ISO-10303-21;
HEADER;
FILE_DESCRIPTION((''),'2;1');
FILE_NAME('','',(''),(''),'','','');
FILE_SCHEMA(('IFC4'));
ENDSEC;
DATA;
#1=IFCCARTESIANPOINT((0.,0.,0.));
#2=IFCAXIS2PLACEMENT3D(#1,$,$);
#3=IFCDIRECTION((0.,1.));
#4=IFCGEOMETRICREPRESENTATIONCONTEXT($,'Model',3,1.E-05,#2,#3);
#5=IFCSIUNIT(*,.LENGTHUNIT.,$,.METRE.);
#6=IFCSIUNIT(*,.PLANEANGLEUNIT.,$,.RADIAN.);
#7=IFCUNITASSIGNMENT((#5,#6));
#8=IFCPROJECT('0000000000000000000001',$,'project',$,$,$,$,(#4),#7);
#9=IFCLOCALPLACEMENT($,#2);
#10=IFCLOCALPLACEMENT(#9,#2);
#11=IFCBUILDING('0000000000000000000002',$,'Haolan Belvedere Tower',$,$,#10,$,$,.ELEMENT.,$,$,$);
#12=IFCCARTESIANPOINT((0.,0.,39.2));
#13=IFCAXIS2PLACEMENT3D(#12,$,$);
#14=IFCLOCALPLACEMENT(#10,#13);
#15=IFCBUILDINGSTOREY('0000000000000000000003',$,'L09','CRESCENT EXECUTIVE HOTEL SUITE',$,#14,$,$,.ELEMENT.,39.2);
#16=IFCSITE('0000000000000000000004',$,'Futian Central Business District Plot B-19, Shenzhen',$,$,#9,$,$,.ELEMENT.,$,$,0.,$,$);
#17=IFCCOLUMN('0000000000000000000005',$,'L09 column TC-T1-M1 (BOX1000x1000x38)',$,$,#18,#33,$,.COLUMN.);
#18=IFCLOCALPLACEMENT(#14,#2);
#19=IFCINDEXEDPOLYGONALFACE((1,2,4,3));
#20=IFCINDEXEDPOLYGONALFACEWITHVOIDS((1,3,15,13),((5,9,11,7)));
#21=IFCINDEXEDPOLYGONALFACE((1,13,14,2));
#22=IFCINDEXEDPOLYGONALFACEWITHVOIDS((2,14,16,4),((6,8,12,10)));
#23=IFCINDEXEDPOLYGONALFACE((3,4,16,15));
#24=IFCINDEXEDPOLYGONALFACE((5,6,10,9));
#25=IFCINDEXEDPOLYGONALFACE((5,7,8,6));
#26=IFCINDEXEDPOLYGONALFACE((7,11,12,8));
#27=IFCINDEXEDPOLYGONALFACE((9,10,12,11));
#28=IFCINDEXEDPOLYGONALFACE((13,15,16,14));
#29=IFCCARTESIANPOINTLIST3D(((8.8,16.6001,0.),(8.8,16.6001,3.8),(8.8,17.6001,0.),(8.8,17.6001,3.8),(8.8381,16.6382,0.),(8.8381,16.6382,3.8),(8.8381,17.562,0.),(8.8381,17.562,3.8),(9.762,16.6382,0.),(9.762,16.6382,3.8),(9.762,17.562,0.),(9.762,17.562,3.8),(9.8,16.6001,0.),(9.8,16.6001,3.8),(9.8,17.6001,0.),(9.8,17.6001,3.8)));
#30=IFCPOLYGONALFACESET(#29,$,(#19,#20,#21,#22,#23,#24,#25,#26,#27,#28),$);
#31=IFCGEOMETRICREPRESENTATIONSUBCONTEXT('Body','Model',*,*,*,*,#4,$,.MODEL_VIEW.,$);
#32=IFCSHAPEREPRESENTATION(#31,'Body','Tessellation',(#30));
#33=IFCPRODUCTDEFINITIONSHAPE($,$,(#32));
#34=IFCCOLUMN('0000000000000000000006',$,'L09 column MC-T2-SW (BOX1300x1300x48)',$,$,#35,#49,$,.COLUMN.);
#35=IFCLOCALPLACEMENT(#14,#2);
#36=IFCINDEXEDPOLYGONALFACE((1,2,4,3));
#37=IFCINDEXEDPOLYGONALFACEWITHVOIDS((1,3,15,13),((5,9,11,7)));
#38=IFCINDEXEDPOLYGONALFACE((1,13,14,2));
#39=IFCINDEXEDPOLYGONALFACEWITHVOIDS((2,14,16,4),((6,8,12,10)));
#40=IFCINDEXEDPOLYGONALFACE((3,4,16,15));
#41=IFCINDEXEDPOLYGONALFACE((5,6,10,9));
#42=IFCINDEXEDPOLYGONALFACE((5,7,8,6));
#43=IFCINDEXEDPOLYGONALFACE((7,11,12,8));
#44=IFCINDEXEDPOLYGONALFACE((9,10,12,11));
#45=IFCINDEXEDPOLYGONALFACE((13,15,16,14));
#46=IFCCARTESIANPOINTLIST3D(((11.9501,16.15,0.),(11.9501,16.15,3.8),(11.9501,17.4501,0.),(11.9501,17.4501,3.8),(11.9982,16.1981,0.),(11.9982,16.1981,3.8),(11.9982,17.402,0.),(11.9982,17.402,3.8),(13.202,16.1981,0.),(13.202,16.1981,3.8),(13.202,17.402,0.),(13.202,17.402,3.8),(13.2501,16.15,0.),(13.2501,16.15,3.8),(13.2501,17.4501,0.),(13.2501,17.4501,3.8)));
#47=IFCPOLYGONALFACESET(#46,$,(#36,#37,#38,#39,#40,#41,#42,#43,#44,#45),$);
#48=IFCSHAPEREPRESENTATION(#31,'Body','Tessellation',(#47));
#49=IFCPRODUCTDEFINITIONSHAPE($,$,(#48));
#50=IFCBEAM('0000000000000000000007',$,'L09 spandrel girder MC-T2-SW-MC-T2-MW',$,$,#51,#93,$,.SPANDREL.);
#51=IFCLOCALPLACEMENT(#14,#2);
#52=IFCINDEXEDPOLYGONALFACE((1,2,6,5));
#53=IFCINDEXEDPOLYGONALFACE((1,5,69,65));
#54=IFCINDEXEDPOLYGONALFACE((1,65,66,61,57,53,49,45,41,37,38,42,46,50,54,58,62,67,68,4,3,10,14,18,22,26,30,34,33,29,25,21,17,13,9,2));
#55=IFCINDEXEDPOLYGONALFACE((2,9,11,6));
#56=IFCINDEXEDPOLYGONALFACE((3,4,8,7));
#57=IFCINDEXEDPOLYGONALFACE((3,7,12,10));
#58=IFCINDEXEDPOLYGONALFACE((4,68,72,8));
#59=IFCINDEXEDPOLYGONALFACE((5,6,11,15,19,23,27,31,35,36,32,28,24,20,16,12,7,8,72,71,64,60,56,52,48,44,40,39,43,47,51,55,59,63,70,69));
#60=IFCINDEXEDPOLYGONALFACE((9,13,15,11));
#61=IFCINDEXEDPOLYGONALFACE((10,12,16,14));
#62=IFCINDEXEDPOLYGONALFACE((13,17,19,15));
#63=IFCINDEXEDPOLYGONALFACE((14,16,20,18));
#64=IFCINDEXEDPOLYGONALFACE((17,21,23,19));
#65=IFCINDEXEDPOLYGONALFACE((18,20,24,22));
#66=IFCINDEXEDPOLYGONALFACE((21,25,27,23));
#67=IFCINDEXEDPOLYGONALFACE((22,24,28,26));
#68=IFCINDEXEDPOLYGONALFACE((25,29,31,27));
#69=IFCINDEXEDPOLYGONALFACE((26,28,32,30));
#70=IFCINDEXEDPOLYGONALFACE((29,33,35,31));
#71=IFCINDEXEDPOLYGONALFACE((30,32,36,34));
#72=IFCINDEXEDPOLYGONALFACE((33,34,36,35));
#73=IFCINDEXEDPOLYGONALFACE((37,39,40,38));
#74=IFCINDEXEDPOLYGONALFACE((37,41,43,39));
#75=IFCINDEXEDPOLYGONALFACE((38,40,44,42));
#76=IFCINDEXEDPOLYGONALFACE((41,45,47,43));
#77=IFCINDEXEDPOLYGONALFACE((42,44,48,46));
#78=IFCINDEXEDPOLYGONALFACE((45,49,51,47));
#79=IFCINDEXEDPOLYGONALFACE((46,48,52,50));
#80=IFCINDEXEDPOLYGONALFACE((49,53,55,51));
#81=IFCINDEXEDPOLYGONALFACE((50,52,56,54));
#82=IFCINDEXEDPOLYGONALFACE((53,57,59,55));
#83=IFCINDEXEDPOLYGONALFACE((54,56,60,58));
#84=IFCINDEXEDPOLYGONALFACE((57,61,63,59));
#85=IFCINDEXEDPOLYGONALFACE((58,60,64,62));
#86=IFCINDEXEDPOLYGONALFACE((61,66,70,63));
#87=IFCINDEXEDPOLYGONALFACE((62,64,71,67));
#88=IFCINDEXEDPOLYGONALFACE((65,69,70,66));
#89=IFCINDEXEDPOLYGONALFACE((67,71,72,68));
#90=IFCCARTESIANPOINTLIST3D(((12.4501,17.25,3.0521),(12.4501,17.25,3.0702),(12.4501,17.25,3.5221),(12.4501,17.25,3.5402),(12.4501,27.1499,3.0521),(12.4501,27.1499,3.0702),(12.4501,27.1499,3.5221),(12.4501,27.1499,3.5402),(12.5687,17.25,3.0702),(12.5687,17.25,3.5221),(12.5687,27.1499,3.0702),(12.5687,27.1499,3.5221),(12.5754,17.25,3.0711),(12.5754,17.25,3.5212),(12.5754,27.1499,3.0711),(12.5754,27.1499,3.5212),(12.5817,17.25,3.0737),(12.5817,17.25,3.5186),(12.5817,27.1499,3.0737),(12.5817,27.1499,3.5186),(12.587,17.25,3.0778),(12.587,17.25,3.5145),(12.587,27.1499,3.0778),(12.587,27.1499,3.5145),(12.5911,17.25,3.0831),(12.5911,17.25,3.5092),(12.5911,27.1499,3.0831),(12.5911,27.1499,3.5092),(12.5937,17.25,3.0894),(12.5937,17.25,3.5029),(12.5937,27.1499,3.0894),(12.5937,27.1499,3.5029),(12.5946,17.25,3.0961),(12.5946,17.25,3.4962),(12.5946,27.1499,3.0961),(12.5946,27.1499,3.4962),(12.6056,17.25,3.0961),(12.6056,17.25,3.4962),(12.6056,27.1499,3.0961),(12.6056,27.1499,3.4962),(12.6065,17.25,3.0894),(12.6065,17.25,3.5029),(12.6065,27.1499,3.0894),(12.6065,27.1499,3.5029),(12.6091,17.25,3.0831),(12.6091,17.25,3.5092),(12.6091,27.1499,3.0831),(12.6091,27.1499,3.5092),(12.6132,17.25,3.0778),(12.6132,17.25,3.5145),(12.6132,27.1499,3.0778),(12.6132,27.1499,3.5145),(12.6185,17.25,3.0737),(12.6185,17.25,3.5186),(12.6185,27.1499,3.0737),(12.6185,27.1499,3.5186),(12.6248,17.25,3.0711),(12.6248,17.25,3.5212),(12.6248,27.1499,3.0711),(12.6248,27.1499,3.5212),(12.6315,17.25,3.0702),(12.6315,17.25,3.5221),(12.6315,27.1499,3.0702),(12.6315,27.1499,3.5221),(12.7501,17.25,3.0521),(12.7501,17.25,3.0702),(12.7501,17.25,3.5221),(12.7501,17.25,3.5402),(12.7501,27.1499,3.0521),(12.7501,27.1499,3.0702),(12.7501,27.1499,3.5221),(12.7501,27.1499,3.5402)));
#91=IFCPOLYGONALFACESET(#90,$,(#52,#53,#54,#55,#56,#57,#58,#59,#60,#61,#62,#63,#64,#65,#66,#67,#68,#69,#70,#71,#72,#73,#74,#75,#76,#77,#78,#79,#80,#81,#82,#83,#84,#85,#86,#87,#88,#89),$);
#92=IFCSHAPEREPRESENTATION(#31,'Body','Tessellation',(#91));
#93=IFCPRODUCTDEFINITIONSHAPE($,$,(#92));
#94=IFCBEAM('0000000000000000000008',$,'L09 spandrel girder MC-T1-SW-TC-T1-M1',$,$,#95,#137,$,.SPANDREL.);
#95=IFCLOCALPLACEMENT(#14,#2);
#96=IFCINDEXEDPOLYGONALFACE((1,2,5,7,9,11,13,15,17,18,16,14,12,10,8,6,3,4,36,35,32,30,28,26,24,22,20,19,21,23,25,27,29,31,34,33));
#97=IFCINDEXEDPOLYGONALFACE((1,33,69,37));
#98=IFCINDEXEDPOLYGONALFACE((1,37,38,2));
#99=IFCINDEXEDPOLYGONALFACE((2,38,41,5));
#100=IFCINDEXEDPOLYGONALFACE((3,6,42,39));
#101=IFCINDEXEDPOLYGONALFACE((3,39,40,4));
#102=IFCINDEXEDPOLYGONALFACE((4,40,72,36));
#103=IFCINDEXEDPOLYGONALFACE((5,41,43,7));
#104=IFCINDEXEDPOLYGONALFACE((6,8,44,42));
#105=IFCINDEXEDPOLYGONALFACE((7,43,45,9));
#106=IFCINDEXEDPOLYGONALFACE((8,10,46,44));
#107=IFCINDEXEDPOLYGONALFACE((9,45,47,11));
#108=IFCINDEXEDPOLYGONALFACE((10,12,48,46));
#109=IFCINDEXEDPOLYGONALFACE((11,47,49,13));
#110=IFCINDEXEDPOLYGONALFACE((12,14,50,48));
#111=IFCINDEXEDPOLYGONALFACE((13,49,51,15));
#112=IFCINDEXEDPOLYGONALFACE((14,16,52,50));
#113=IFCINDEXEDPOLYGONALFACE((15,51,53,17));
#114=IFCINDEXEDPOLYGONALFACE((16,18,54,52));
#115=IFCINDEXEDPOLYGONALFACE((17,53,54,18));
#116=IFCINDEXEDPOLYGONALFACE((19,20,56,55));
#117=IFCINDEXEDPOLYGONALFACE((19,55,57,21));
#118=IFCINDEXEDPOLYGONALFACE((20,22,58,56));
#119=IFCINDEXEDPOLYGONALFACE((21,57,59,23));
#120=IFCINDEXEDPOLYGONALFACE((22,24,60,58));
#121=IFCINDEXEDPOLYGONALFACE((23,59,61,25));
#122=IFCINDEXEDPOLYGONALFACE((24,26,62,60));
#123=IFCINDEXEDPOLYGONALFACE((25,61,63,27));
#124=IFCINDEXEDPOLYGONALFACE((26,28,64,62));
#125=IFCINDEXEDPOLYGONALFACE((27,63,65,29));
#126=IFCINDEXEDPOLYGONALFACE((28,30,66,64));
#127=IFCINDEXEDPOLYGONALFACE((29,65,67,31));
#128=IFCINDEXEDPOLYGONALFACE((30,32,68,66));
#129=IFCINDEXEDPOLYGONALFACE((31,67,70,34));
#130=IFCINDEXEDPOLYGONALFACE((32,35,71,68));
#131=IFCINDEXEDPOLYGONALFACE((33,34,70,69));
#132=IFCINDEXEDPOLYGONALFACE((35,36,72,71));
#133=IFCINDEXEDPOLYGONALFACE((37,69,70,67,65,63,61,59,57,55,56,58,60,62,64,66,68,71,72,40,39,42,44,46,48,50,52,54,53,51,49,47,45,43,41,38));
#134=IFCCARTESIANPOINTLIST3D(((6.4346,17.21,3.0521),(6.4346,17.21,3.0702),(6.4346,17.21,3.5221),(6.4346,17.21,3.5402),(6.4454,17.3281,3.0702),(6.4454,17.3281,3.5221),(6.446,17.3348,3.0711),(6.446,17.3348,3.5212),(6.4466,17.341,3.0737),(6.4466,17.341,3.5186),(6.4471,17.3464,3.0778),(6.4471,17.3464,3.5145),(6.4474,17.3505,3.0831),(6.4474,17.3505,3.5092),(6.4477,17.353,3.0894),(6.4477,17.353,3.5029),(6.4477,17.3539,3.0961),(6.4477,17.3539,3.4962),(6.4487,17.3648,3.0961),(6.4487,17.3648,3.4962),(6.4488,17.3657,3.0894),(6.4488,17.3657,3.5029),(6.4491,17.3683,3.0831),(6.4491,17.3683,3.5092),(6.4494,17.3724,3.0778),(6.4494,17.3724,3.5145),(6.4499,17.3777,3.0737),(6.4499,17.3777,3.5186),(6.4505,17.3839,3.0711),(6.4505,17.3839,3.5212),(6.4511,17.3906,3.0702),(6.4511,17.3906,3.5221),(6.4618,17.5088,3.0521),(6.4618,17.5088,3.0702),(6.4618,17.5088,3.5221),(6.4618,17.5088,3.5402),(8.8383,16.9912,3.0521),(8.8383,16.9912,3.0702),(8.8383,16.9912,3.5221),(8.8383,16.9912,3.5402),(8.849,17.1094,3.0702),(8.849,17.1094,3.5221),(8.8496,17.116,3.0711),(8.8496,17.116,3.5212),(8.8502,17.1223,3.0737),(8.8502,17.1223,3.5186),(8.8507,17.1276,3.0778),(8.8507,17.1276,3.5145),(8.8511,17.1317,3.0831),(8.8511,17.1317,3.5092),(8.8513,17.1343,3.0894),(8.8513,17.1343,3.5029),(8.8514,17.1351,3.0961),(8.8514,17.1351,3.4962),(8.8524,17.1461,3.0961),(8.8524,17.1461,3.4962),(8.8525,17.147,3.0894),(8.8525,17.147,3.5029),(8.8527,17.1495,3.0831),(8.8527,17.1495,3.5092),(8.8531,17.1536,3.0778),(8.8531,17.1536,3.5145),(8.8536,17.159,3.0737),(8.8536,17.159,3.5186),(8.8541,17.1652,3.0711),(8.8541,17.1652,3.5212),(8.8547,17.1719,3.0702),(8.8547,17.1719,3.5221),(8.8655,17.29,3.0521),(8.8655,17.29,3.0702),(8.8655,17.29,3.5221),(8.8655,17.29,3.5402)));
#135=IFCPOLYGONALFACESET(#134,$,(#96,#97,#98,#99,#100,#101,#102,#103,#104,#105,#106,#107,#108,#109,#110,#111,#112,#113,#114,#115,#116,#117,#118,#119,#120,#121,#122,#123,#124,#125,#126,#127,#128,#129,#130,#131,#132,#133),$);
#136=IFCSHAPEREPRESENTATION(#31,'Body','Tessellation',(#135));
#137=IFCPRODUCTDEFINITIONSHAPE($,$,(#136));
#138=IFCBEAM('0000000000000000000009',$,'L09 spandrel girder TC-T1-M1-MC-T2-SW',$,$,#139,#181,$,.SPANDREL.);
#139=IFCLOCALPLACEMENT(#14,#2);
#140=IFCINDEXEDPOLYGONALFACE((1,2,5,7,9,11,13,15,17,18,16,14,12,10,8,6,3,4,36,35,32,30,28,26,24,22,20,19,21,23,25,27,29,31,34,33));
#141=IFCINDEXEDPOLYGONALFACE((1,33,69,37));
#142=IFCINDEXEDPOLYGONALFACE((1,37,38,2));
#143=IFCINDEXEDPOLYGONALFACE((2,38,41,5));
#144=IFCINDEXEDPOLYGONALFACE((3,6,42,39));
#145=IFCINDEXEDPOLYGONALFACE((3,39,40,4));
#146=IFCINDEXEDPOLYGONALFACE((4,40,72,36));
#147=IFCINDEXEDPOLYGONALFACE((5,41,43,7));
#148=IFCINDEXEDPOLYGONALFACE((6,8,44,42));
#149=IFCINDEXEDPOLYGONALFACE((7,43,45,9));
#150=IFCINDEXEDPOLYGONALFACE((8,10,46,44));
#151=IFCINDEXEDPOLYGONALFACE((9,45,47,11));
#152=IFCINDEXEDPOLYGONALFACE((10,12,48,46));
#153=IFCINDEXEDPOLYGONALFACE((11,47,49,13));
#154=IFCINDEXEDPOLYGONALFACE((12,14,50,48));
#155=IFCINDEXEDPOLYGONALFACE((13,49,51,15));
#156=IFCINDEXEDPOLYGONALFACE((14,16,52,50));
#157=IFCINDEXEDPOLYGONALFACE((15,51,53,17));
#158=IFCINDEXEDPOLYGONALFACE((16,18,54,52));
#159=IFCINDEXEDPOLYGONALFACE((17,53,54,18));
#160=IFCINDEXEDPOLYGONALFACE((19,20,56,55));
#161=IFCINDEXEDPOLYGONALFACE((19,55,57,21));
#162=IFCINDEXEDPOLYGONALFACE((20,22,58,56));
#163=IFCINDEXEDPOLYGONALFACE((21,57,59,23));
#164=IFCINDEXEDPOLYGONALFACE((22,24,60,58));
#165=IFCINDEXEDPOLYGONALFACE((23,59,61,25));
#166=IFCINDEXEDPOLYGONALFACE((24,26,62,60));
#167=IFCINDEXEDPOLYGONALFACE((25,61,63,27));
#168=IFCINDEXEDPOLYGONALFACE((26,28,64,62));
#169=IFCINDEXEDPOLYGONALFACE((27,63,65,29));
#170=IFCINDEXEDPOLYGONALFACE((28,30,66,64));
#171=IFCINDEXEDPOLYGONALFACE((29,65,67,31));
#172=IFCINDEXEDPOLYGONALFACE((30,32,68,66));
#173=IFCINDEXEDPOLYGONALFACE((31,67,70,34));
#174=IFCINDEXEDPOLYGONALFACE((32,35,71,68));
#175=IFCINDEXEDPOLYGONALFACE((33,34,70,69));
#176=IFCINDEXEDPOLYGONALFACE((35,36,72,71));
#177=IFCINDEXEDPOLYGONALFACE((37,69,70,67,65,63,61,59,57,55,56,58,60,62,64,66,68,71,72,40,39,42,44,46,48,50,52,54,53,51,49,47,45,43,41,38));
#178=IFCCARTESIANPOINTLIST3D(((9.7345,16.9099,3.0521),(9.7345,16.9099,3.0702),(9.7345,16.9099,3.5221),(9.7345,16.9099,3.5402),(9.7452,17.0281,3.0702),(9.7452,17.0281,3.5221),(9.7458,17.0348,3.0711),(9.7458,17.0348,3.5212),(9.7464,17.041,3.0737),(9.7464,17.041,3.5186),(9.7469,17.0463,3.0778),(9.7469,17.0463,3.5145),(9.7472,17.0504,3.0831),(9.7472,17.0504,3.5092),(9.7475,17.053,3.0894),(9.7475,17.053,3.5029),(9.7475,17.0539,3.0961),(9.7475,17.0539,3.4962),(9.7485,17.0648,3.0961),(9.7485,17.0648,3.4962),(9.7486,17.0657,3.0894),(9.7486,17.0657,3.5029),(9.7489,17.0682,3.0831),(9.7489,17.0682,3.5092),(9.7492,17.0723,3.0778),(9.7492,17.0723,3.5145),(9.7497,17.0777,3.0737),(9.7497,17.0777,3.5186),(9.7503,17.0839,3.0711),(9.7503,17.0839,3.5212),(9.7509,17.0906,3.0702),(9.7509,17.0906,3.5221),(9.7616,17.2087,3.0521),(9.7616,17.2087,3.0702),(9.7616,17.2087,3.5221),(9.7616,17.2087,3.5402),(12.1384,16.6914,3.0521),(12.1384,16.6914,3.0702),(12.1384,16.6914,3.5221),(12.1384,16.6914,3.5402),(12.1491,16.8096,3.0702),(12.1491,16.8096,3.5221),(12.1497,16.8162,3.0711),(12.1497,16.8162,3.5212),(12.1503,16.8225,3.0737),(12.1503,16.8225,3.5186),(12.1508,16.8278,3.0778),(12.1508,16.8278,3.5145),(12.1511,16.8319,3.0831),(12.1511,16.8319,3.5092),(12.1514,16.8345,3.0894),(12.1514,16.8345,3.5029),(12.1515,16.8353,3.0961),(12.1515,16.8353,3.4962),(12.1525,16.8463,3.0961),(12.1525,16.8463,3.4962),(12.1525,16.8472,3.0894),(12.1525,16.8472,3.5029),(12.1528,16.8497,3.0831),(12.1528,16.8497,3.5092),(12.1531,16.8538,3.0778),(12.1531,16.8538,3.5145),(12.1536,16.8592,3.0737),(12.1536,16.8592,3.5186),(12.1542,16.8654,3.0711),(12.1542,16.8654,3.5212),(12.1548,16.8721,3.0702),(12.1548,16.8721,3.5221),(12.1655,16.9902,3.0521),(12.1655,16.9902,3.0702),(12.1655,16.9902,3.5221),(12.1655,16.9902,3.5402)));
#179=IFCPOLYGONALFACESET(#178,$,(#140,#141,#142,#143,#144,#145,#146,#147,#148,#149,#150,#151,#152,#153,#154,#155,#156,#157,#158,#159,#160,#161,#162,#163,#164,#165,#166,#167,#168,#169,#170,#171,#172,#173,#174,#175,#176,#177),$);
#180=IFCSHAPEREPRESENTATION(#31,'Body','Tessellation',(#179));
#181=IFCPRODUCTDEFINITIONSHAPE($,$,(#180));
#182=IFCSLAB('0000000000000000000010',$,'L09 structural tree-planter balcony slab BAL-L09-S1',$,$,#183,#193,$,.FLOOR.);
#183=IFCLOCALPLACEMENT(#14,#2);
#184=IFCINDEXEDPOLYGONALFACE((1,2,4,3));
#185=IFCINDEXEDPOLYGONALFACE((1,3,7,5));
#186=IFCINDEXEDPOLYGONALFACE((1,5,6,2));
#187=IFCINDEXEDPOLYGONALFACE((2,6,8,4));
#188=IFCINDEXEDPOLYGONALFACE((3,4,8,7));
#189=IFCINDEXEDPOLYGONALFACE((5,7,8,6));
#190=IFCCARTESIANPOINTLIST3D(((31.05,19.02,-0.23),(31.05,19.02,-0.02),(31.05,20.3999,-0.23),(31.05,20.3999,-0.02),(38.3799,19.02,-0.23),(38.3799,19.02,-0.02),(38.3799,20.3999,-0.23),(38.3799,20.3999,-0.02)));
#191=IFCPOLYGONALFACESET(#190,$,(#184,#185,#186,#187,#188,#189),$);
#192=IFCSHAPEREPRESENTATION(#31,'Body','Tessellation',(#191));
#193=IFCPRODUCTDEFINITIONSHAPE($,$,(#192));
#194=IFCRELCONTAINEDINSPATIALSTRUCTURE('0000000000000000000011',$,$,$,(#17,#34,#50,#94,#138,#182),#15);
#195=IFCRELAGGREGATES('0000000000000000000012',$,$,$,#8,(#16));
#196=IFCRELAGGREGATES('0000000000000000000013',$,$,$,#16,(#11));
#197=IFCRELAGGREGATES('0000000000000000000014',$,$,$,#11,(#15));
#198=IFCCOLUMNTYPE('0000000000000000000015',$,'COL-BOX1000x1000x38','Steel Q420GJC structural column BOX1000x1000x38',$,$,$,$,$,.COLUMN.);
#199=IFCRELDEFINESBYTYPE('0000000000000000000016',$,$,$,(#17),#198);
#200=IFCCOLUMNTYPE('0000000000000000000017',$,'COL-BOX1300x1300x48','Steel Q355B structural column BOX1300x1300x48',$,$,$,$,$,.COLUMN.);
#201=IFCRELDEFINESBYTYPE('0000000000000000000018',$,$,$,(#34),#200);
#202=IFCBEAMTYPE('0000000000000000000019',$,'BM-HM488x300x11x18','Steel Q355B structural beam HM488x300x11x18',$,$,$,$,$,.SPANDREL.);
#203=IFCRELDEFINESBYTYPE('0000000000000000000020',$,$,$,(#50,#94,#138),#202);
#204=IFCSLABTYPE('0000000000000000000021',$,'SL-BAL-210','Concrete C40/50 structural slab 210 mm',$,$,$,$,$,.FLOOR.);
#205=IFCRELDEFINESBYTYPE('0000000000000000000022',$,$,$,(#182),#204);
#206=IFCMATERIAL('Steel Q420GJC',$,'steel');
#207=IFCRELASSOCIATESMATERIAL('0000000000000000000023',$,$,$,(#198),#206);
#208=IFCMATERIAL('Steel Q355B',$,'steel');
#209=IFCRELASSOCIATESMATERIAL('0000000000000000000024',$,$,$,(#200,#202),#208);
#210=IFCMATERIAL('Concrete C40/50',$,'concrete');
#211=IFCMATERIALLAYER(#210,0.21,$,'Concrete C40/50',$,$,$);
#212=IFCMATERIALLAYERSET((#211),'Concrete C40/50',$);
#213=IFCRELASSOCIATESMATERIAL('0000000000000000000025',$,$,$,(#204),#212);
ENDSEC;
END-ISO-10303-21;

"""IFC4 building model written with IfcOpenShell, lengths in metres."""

from ifc_helpers import new_model, si_unit, direction, frame, origin, origin_2d, place, context, subcontext, project, spatial, polyline, hollow_rectangle, i_section, outline, extrude, material, layer, layer_set, material_profile, profile_set, type_object, element, save


model = new_model("IFC4")

# Units and contexts
model_context = context("Model", 3, precision=1e-05, world=origin(), true_north=direction((0.0, 1.0)))
body_context = subcontext(model_context, "Body", "Model", "MODEL_VIEW")
ifc_project = project(units=[si_unit("LENGTHUNIT", "METRE"), si_unit("PLANEANGLEUNIT", "RADIAN")], contexts=[model_context])

# Site, building, storey
site_placement = place(None, origin())
site = spatial("IfcSite", under=ifc_project, at=site_placement, Name="Futian Central Business District Plot B-19, Shenzhen", CompositionType="ELEMENT", RefElevation=0.0)
building_placement = place(site_placement, origin())
building = spatial("IfcBuilding", under=site, at=building_placement, Name="Haolan Belvedere Tower", CompositionType="ELEMENT")
storey_placement = place(building_placement, frame((0.0, 0.0, 39.2)))
storey = spatial("IfcBuildingStorey", under=building, at=storey_placement, Name="L09", Description="CRESCENT EXECUTIVE HOTEL SUITE", CompositionType="ELEMENT", Elevation=39.2)

# Columns
ifc_material_1 = material(Name="Steel Q420GJC", Category="steel")
ifc_material_profile_1 = material_profile(ifc_material_1, hollow_rectangle(XDim=1.0, YDim=1.0, WallThickness=0.0381, at=origin_2d()), Name="Steel Q420GJC")
ifc_profile_set_1 = profile_set([ifc_material_profile_1], Name="Steel Q420GJC")
column_type_1 = type_object("IfcColumnType", Name="COL-BOX1000x1000x38", Description="Steel Q420GJC structural column BOX1000x1000x38", PredefinedType="COLUMN", material=ifc_profile_set_1)
column_1_placement = place(storey_placement, frame((9.3, 17.1001, 0.0), z_axis=(0.0, 0.0, 1.0), x_axis=(1.0, 0.0, 0.0)))
element("IfcColumn", 1, at=column_1_placement, inside=storey, type_object=column_type_1, Name="L09 column TC-T1-M1 (BOX1000x1000x38)", PredefinedType="COLUMN", context=body_context, shape_type="SweptSolid", body=[
    extrude(hollow_rectangle(XDim=1.0, YDim=1.0, WallThickness=0.0381, at=origin_2d()), origin(), (0.0, 0.0, 1.0), 3.8),
])
ifc_material_2 = material(Name="Steel Q355B", Category="steel")
ifc_material_profile_2 = material_profile(ifc_material_2, hollow_rectangle(XDim=1.3, YDim=1.3, WallThickness=0.0481, at=origin_2d()), Name="Steel Q355B")
ifc_profile_set_2 = profile_set([ifc_material_profile_2], Name="Steel Q355B")
column_type_2 = type_object("IfcColumnType", Name="COL-BOX1300x1300x48", Description="Steel Q355B structural column BOX1300x1300x48", PredefinedType="COLUMN", material=ifc_profile_set_2)
column_2_placement = place(storey_placement, frame((12.6001, 16.8, 0.0), z_axis=(0.0, 0.0, 1.0), x_axis=(1.0, 0.0, 0.0)))
element("IfcColumn", 2, at=column_2_placement, inside=storey, type_object=column_type_2, Name="L09 column MC-T2-SW (BOX1300x1300x48)", PredefinedType="COLUMN", context=body_context, shape_type="SweptSolid", body=[
    extrude(hollow_rectangle(XDim=1.3, YDim=1.3, WallThickness=0.0481, at=origin_2d()), origin(), (0.0, 0.0, 1.0), 3.8),
])

# Beams
ifc_material_profile_3 = material_profile(ifc_material_2, i_section(OverallWidth=0.3, OverallDepth=0.488, WebThickness=0.011, FlangeThickness=0.0181, FilletRadius=0.0259, at=origin_2d()), Name="Steel Q355B")
ifc_profile_set_3 = profile_set([ifc_material_profile_3], Name="Steel Q355B")
beam_type = type_object("IfcBeamType", Name="BM-HM488x300x11x18", Description="Steel Q355B structural beam HM488x300x11x18", PredefinedType="SPANDREL", material=ifc_profile_set_3)
beam_1_placement = place(storey_placement, frame((12.6001, 17.25, 3.2961), z_axis=(0.0, 1.0, 0.0), x_axis=(-1.0, 0.0, 0.0)))
element("IfcBeam", 3, at=beam_1_placement, inside=storey, type_object=beam_type, Name="L09 spandrel girder MC-T2-SW-MC-T2-MW", PredefinedType="SPANDREL", context=body_context, shape_type="SweptSolid", body=[
    extrude(i_section(OverallWidth=0.3, OverallDepth=0.488, WebThickness=0.011, FlangeThickness=0.0181, FilletRadius=0.0259, at=origin_2d()), origin(), (0.0, 0.0, 1.0), 9.8999),
])
beam_2_placement = place(storey_placement, frame((6.4482, 17.3594, 3.2961), z_axis=(0.995884, -0.090636, 0.0), x_axis=(0.090636, 0.995884, 0.0)))
element("IfcBeam", 4, at=beam_2_placement, inside=storey, type_object=beam_type, Name="L09 spandrel girder MC-T1-SW-TC-T1-M1", PredefinedType="SPANDREL", context=body_context, shape_type="SweptSolid", body=[
    extrude(i_section(OverallWidth=0.3, OverallDepth=0.488, WebThickness=0.011, FlangeThickness=0.0181, FilletRadius=0.0259, at=origin_2d()), origin(), (0.0, 0.0, 1.0), 2.4136),
])
beam_3_placement = place(storey_placement, frame((9.748, 17.0593, 3.2961), z_axis=(0.995894, -0.090527, 0.0), x_axis=(0.090527, 0.995894, 0.0)))
element("IfcBeam", 5, at=beam_3_placement, inside=storey, type_object=beam_type, Name="L09 spandrel girder TC-T1-M1-MC-T2-SW", PredefinedType="SPANDREL", context=body_context, shape_type="SweptSolid", body=[
    extrude(i_section(OverallWidth=0.3, OverallDepth=0.488, WebThickness=0.011, FlangeThickness=0.0181, FilletRadius=0.0259, at=origin_2d()), origin(), (0.0, 0.0, 1.0), 2.4138),
])

# Slab
ifc_material_3 = material(Name="Concrete C40/50", Category="concrete")
ifc_layer_1 = layer(ifc_material_3, 0.21, Name="Concrete C40/50")
ifc_layer_set_1 = layer_set([ifc_layer_1], Name="Concrete C40/50")
slab_type_1 = type_object("IfcSlabType", Name="SL-BAL-210", Description="Concrete C40/50 structural slab 210 mm", PredefinedType="FLOOR", material=ifc_layer_set_1)
slab_1_placement = place(storey_placement, frame((0.0, 0.0, -0.23)))
element("IfcSlab", 6, at=slab_1_placement, inside=storey, type_object=slab_type_1, Name="L09 structural tree-planter balcony slab BAL-L09-S1", PredefinedType="FLOOR", context=body_context, shape_type="SweptSolid", body=[
    extrude(outline(polyline([(31.05, 19.02), (38.3799, 19.02), (38.3799, 20.3999), (31.05, 20.3999), (31.05, 19.02)])), origin(), (0.0, 0.0, 1.0), 0.21),
])

save(model, "model.ifc")
